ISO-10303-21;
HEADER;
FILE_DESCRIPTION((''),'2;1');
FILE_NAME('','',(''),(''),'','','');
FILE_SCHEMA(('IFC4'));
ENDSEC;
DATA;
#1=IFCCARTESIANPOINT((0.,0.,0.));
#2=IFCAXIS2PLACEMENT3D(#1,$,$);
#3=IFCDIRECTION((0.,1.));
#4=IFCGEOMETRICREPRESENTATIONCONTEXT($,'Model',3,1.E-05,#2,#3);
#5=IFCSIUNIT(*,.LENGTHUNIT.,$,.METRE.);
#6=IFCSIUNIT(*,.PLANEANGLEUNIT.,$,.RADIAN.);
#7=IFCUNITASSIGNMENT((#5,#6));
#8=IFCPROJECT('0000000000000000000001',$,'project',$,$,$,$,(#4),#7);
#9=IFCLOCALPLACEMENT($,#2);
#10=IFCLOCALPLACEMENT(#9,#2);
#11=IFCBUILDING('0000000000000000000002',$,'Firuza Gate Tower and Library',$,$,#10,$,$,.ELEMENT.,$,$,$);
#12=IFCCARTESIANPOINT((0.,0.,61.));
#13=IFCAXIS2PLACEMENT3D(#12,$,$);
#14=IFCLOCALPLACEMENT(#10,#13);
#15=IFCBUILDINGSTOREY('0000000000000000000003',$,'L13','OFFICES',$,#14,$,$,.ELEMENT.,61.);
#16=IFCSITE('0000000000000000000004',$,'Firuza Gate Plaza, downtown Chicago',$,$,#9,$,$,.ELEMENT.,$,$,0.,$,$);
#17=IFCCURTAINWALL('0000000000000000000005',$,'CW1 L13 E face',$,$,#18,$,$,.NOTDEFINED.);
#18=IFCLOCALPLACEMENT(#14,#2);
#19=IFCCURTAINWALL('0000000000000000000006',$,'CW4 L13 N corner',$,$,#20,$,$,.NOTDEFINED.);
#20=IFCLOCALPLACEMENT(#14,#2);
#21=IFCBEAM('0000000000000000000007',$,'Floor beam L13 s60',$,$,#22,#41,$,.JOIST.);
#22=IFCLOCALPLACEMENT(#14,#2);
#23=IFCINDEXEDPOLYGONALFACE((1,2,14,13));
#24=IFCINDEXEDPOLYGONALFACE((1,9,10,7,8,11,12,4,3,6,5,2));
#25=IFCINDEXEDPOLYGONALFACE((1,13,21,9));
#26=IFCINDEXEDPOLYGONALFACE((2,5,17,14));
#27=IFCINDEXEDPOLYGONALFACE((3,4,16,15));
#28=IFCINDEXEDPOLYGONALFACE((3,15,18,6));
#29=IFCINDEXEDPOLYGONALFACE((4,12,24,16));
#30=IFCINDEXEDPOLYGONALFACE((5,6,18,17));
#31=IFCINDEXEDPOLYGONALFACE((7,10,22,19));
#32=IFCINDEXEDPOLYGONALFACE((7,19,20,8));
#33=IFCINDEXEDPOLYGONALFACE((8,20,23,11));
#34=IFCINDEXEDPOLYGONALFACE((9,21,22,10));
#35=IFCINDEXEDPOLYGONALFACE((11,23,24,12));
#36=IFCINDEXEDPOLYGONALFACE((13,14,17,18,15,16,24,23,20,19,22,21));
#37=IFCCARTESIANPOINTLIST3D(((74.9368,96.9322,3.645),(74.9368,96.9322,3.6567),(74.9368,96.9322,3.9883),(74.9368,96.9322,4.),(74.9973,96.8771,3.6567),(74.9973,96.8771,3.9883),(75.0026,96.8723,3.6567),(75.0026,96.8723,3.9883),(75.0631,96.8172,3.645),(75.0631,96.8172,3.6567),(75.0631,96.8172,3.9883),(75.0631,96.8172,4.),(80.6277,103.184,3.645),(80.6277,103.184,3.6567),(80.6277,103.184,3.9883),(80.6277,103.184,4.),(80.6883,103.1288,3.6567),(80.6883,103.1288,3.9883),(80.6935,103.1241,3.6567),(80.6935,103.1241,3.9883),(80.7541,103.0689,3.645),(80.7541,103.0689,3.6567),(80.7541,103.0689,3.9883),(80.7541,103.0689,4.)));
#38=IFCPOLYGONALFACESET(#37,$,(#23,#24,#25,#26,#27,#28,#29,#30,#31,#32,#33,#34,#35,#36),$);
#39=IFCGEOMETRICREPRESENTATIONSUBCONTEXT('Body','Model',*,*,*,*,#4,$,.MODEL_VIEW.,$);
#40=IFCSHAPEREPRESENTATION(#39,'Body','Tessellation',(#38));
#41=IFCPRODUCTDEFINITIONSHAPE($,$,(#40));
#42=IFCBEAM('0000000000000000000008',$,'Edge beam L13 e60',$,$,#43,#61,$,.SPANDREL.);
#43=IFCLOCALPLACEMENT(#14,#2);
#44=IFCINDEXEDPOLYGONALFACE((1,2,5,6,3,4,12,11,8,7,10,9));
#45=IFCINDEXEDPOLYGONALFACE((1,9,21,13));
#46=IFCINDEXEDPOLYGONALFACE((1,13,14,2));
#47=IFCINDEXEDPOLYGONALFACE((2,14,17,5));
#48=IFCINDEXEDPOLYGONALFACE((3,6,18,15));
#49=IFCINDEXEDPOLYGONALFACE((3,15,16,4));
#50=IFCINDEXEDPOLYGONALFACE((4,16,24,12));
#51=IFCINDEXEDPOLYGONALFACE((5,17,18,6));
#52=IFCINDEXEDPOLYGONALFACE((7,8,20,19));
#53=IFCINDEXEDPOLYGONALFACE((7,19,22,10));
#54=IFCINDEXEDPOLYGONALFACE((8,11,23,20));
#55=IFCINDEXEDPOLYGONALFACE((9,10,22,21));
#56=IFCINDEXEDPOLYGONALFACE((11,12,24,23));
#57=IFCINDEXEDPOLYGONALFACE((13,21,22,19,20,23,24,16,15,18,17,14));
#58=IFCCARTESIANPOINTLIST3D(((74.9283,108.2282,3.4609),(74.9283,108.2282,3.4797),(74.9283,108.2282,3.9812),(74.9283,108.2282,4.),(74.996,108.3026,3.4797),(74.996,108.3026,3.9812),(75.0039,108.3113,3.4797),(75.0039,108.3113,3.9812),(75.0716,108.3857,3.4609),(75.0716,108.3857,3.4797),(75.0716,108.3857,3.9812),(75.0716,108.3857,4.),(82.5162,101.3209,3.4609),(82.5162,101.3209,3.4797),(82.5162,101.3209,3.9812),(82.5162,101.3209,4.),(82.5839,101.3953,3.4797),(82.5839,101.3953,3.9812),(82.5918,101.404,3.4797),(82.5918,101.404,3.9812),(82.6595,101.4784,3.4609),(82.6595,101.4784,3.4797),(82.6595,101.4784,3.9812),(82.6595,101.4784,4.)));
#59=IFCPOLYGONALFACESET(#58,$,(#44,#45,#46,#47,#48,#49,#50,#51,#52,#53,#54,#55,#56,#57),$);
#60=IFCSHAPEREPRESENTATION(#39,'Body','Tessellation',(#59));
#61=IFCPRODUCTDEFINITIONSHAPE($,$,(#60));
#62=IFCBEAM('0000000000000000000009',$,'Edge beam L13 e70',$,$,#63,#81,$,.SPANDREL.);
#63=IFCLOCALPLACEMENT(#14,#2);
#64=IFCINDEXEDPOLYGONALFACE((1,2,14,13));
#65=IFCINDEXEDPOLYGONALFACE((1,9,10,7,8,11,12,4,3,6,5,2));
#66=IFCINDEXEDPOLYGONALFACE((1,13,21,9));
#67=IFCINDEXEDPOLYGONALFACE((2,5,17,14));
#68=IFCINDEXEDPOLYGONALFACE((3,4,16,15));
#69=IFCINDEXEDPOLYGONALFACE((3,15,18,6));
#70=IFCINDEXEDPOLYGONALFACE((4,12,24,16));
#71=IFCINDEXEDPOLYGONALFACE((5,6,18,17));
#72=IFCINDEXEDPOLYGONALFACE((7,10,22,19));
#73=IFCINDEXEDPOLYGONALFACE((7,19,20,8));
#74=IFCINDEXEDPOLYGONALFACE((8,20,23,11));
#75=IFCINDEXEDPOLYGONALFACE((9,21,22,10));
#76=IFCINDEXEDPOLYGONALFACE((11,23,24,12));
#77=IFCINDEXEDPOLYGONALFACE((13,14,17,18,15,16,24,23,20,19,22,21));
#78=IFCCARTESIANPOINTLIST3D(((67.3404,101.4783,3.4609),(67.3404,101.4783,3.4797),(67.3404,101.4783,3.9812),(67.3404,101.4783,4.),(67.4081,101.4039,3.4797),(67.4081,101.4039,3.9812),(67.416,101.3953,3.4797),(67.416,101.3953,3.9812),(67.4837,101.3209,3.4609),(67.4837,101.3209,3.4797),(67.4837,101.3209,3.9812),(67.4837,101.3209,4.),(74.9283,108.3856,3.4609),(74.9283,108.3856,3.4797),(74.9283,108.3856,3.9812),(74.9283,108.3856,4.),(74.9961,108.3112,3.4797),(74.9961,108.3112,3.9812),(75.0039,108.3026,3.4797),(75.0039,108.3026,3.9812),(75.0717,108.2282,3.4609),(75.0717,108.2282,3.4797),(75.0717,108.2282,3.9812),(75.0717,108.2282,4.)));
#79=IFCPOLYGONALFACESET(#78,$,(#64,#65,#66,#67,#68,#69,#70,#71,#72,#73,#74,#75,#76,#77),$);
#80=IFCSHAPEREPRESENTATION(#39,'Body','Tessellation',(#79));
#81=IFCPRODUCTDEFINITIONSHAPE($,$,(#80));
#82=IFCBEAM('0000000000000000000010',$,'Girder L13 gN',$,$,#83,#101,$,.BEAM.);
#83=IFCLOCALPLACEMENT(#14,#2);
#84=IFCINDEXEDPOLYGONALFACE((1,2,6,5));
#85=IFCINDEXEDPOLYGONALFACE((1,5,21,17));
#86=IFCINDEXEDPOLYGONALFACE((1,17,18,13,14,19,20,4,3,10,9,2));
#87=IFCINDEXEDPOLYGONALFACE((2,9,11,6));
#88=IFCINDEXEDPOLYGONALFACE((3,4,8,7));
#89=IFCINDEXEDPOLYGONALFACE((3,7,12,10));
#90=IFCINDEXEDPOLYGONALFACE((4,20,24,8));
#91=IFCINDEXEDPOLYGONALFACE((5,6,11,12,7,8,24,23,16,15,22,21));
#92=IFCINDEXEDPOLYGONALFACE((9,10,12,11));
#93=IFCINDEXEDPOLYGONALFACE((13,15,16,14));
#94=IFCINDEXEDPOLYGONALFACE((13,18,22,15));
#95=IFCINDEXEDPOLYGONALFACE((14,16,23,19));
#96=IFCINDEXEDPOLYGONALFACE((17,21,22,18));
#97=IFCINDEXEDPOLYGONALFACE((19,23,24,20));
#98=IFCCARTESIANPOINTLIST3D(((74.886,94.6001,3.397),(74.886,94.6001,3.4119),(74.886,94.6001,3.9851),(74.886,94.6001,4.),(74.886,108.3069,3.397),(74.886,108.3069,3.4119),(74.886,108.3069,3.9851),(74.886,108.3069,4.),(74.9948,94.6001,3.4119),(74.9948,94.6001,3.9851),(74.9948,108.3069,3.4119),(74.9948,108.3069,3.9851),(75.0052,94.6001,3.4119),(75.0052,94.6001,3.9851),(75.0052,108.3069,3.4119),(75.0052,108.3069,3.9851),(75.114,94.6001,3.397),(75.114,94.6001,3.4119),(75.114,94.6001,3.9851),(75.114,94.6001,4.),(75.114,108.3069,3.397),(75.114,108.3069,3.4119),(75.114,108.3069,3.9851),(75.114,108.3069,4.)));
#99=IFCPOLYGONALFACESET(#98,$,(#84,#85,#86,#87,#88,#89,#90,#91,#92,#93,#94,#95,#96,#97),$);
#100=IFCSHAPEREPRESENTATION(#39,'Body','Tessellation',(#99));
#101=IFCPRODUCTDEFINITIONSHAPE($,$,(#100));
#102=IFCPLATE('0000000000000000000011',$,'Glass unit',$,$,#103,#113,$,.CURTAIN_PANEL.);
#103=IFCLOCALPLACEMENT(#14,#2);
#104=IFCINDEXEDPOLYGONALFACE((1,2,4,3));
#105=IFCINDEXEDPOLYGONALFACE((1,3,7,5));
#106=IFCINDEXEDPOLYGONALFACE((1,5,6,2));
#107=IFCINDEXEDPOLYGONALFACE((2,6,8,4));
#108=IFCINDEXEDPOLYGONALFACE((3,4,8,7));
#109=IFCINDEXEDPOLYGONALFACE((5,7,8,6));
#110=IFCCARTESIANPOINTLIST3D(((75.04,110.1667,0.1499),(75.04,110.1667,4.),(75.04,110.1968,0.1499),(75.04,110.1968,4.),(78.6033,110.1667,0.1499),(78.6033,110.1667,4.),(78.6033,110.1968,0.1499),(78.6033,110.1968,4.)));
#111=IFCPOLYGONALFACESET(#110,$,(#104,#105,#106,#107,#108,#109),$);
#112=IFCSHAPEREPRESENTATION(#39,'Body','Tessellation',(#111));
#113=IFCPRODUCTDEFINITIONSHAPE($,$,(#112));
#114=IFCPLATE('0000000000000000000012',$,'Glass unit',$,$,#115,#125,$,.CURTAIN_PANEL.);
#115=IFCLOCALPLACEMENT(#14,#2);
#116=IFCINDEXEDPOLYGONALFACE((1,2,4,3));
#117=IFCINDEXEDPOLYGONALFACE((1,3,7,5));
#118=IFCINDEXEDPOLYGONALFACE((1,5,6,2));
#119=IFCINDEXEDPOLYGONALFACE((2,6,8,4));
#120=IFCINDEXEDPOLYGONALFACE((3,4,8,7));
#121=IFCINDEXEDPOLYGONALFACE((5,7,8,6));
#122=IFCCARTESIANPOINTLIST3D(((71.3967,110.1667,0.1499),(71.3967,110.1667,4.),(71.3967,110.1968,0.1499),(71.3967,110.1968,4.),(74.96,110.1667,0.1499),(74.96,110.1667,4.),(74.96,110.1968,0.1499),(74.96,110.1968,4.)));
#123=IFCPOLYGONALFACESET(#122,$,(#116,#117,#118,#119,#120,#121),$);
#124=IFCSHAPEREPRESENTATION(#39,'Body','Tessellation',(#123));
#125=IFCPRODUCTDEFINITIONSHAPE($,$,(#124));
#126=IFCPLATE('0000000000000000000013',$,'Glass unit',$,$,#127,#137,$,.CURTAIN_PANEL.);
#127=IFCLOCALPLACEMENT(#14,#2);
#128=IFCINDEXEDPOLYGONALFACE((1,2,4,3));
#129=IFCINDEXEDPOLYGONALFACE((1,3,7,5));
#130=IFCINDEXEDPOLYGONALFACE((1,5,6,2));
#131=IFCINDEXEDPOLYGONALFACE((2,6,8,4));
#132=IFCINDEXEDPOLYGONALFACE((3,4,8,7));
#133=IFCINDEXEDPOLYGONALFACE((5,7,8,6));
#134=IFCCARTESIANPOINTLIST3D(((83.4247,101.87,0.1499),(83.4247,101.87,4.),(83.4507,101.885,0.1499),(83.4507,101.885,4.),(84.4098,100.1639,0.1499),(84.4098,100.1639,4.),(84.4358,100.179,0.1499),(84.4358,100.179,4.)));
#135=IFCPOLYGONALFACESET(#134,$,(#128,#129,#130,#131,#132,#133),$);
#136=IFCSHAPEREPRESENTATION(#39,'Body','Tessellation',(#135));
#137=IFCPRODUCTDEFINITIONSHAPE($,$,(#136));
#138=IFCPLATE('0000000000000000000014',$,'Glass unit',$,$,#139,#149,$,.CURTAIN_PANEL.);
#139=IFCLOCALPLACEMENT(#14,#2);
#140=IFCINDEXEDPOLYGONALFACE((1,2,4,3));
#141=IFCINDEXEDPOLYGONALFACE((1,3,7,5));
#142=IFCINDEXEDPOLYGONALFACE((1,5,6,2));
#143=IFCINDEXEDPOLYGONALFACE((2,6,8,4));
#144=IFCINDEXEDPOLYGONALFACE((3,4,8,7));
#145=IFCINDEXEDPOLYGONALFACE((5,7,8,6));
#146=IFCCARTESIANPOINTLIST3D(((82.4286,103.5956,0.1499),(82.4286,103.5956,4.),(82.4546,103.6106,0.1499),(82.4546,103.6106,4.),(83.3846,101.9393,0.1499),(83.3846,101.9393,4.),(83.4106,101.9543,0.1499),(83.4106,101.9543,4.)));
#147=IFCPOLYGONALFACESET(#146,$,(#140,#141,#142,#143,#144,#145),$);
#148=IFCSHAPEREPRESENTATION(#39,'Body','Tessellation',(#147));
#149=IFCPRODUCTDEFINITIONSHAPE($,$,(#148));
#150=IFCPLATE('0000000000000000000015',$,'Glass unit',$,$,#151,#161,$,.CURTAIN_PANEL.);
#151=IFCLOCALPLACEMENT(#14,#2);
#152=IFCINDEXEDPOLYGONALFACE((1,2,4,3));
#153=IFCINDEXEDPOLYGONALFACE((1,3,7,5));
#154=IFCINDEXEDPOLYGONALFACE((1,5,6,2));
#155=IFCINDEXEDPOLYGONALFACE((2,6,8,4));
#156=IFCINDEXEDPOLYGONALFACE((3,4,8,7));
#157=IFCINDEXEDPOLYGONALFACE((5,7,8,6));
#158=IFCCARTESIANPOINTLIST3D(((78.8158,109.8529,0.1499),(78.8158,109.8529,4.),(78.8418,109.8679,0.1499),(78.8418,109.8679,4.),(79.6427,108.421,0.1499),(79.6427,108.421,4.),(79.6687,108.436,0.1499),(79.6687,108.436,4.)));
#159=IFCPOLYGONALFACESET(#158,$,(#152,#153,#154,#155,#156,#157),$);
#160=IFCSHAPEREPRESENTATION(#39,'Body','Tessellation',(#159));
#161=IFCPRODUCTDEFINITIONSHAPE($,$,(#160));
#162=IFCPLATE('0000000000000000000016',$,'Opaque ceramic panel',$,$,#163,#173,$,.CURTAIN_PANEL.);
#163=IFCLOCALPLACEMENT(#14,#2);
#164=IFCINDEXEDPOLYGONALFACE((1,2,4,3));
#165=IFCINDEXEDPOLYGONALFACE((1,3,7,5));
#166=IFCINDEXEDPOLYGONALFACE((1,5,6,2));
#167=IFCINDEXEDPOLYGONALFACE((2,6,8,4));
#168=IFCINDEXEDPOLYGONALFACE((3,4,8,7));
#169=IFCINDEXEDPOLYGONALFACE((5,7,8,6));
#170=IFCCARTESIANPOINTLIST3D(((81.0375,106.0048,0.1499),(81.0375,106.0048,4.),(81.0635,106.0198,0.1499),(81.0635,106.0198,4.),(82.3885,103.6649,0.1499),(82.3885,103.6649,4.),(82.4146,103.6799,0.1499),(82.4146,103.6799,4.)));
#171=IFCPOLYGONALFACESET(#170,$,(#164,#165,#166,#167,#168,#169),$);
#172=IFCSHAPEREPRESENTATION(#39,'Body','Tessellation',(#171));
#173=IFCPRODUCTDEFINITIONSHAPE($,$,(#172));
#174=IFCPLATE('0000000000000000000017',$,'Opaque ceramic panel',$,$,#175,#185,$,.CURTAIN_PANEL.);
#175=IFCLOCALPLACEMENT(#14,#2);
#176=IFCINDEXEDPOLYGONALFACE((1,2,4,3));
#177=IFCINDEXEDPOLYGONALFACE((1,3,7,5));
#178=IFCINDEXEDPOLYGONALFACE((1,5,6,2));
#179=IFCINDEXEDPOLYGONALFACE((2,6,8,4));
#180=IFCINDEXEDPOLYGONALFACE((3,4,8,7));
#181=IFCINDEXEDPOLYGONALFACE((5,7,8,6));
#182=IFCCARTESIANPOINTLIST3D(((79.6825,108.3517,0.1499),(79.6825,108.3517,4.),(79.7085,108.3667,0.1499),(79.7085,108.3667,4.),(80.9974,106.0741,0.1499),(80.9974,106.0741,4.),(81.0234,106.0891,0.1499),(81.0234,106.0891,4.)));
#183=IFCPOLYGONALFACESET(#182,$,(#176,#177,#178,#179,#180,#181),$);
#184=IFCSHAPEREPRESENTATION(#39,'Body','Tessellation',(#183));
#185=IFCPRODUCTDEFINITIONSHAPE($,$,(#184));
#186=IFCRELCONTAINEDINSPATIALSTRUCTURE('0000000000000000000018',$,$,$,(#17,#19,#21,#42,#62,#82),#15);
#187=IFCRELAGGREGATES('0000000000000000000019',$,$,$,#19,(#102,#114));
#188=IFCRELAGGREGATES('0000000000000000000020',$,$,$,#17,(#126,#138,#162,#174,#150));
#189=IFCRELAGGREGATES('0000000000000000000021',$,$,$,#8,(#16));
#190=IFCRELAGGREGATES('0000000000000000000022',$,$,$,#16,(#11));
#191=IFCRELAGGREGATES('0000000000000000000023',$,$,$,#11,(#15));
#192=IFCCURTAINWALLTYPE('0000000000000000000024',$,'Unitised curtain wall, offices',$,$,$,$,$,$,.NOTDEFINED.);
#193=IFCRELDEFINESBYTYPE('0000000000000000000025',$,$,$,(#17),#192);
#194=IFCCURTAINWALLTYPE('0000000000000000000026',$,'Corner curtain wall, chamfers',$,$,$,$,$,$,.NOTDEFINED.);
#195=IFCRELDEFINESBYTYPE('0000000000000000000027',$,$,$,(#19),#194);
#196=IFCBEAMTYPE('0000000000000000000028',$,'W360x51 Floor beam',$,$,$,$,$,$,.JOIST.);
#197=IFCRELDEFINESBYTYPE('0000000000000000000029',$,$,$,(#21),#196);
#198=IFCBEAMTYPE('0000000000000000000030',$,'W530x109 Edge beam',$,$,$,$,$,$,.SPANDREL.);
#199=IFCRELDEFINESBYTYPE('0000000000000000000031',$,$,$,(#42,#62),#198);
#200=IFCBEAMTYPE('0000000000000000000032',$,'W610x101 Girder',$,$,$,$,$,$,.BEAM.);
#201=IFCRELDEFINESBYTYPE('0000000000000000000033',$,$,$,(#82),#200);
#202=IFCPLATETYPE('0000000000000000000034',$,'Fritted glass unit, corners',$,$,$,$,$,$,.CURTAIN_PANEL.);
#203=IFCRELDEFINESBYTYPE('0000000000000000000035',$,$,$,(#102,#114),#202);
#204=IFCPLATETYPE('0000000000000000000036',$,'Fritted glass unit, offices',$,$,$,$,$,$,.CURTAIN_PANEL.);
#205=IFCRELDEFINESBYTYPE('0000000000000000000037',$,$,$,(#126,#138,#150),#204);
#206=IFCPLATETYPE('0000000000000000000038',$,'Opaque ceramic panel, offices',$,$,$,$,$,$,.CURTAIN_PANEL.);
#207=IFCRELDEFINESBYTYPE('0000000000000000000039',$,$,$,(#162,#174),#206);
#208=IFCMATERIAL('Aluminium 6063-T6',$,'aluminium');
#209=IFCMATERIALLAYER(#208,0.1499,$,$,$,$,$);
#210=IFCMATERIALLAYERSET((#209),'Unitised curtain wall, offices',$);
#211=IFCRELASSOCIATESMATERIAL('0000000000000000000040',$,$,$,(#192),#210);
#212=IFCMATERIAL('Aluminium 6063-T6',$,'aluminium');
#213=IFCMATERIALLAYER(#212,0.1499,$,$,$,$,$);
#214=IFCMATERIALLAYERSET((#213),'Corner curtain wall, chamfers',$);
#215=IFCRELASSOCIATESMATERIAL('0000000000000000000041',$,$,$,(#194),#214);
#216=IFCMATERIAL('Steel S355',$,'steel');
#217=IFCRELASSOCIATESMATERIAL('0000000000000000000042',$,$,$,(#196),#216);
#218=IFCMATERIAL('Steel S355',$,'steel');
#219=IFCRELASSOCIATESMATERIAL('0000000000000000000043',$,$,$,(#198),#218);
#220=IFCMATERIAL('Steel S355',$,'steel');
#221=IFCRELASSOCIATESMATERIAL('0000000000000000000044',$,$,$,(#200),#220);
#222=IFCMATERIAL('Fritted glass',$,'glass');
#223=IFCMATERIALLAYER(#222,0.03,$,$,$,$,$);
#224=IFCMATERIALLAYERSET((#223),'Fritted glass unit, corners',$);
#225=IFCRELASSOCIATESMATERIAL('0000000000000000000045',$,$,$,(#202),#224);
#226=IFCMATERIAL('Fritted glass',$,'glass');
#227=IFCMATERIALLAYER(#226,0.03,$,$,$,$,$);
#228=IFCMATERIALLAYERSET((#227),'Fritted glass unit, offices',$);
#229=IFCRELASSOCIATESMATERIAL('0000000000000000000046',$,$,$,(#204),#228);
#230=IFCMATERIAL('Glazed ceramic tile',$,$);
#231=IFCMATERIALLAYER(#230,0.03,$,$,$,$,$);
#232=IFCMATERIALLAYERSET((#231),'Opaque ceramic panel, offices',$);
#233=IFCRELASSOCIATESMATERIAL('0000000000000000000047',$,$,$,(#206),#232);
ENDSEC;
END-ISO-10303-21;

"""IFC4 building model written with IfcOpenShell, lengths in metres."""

from ifc_helpers import new_model, si_unit, direction, frame, origin, origin_2d, place, context, subcontext, project, spatial, polyline, i_section, outline, extrude, material, layer, layer_set, material_profile, profile_set, type_object, element, aggregate, save


model = new_model("IFC4")

# Units and contexts
model_context = context("Model", 3, precision=1e-05, world=origin(), true_north=direction((0.0, 1.0)))
body_context = subcontext(model_context, "Body", "Model", "MODEL_VIEW")
ifc_project = project(units=[si_unit("LENGTHUNIT", "METRE"), si_unit("PLANEANGLEUNIT", "RADIAN")], contexts=[model_context])

# Site, building, storey
site_placement = place(None, origin())
site = spatial("IfcSite", under=ifc_project, at=site_placement, Name="Firuza Gate Plaza, downtown Chicago", CompositionType="ELEMENT", RefElevation=0.0)
building_placement = place(site_placement, origin())
building = spatial("IfcBuilding", under=site, at=building_placement, Name="Firuza Gate Tower and Library", CompositionType="ELEMENT")
storey_placement = place(building_placement, frame((0.0, 0.0, 61.0)))
storey = spatial("IfcBuildingStorey", under=building, at=storey_placement, Name="L13", Description="OFFICES", CompositionType="ELEMENT", Elevation=61.0)

# Curtain walls
ifc_material_1 = material(Name="Aluminium 6063-T6", Category="aluminium")
ifc_layer_1 = layer(ifc_material_1, 0.1499)
ifc_layer_set_1 = layer_set([ifc_layer_1], Name="Unitised curtain wall, offices")
curtain_wall_type_1 = type_object("IfcCurtainWallType", Name="Unitised curtain wall, offices", PredefinedType="NOTDEFINED", material=ifc_layer_set_1)
placement = place(storey_placement, origin())
curtain_wall_1 = element("IfcCurtainWall", 1, at=placement, inside=storey, type_object=curtain_wall_type_1, Name="CW1 L13 E face", PredefinedType="NOTDEFINED")
ifc_material_2 = material(Name="Aluminium 6063-T6", Category="aluminium")
ifc_layer_2 = layer(ifc_material_2, 0.1499)
ifc_layer_set_2 = layer_set([ifc_layer_2], Name="Corner curtain wall, chamfers")
curtain_wall_type_2 = type_object("IfcCurtainWallType", Name="Corner curtain wall, chamfers", PredefinedType="NOTDEFINED", material=ifc_layer_set_2)
curtain_wall_2 = element("IfcCurtainWall", 2, at=placement, inside=storey, type_object=curtain_wall_type_2, Name="CW4 L13 N corner", PredefinedType="NOTDEFINED")

# Beams
ifc_material_3 = material(Name="Steel S355", Category="steel")
ifc_material_profile_1 = material_profile(ifc_material_3, i_section(OverallWidth=0.1709, OverallDepth=0.355, WebThickness=0.0071, FlangeThickness=0.0117, at=origin_2d()))
ifc_profile_set_1 = profile_set([ifc_material_profile_1], Name="Steel S355")
beam_type_1 = type_object("IfcBeamType", Name="W360x51 Floor beam", PredefinedType="JOIST", material=ifc_profile_set_1)
beam_1_placement = place(storey_placement, frame((80.6909, 103.1265, 3.8225), z_axis=(-0.673161, -0.739496, 0.0), x_axis=(0.739496, -0.673161, 0.0)))
element("IfcBeam", 3, at=beam_1_placement, inside=storey, type_object=beam_type_1, Name="Floor beam L13 s60", PredefinedType="JOIST", context=body_context, shape_type="SweptSolid", body=[
    extrude(i_section(OverallWidth=0.1709, OverallDepth=0.355, WebThickness=0.0071, FlangeThickness=0.0117, at=origin_2d()), origin(), (0.0, 0.0, 1.0), 8.4541),
])
ifc_material_4 = material(Name="Steel S355", Category="steel")
ifc_material_profile_2 = material_profile(ifc_material_4, i_section(OverallWidth=0.2129, OverallDepth=0.5391, WebThickness=0.0117, FlangeThickness=0.0188, at=origin_2d()))
ifc_profile_set_2 = profile_set([ifc_material_profile_2], Name="Steel S355")
beam_type_2 = type_object("IfcBeamType", Name="W530x109 Edge beam", PredefinedType="SPANDREL", material=ifc_profile_set_2)
for number, where, z_axis, x_axis, name in (
    (4, (82.5879, 101.3997, 3.7305), (-0.739496, 0.673161, 0.0), (-0.673161, -0.739496, 0.0), "Edge beam L13 e60"),
    (5, (75.0, 108.3069, 3.7305), (-0.739496, -0.673161, 0.0), (0.673161, -0.739496, 0.0), "Edge beam L13 e70"),
):
    element("IfcBeam", number, at=place(storey_placement, frame(where, z_axis=z_axis, x_axis=x_axis)), inside=storey, type_object=beam_type_2, Name=name, PredefinedType="SPANDREL", context=body_context, shape_type="SweptSolid", body=[
        extrude(i_section(OverallWidth=0.2129, OverallDepth=0.5391, WebThickness=0.0117, FlangeThickness=0.0188, at=origin_2d()), origin(), (0.0, 0.0, 1.0), 10.261),
    ])
ifc_material_5 = material(Name="Steel S355", Category="steel")
ifc_material_profile_3 = material_profile(ifc_material_5, i_section(OverallWidth=0.228, OverallDepth=0.603, WebThickness=0.0105, FlangeThickness=0.0149, at=origin_2d()))
ifc_profile_set_3 = profile_set([ifc_material_profile_3], Name="Steel S355")
beam_type_3 = type_object("IfcBeamType", Name="W610x101 Girder", PredefinedType="BEAM", material=ifc_profile_set_3)
beam_2_placement = place(storey_placement, frame((75.0, 108.3069, 3.6985), z_axis=(0.0, -1.0, 0.0), x_axis=(1.0, 0.0, 0.0)))
element("IfcBeam", 6, at=beam_2_placement, inside=storey, type_object=beam_type_3, Name="Girder L13 gN", PredefinedType="BEAM", context=body_context, shape_type="SweptSolid", body=[
    extrude(i_section(OverallWidth=0.228, OverallDepth=0.603, WebThickness=0.0105, FlangeThickness=0.0149, at=origin_2d()), origin(), (0.0, 0.0, 1.0), 13.7068),
])

# Plates
ifc_material_6 = material(Name="Fritted glass", Category="glass")
ifc_layer_3 = layer(ifc_material_6, 0.03)
ifc_layer_set_3 = layer_set([ifc_layer_3], Name="Fritted glass unit, corners")
plate_type_1 = type_object("IfcPlateType", Name="Fritted glass unit, corners", PredefinedType="CURTAIN_PANEL", material=ifc_layer_set_3)
plate_1_placement = place(storey_placement, frame((78.6033, 110.1968, 0.1499), z_axis=(0.0, 1.0, 0.0), x_axis=(-1.0, 0.0, 0.0)))
plate_1 = element("IfcPlate", 7, at=plate_1_placement, type_object=plate_type_1, Name="Glass unit", PredefinedType="CURTAIN_PANEL", context=body_context, shape_type="SweptSolid", body=[
    extrude(outline(polyline([(0.0, 0.0), (3.5632, 0.0), (3.5632, 3.8501), (0.0, 3.8501), (0.0, 0.0)])), origin(), (0.0, 0.0, -1.0), 0.03),
])
plate_2_placement = place(storey_placement, frame((74.96, 110.1968, 0.1499), z_axis=(0.0, 1.0, 0.0), x_axis=(-1.0, 0.0, 0.0)))
plate_2 = element("IfcPlate", 8, at=plate_2_placement, type_object=plate_type_1, Name="Glass unit", PredefinedType="CURTAIN_PANEL", context=body_context, shape_type="SweptSolid", body=[
    extrude(outline(polyline([(0.0, 0.0), (3.5632, 0.0), (3.5632, 3.8501), (0.0, 3.8501), (0.0, 0.0)])), origin(), (0.0, 0.0, -1.0), 0.03),
])
aggregate(curtain_wall_2, [plate_1, plate_2])
ifc_material_7 = material(Name="Fritted glass", Category="glass")
ifc_layer_4 = layer(ifc_material_7, 0.03)
ifc_layer_set_4 = layer_set([ifc_layer_4], Name="Fritted glass unit, offices")
plate_type_2 = type_object("IfcPlateType", Name="Fritted glass unit, offices", PredefinedType="CURTAIN_PANEL", material=ifc_layer_set_4)
plate_3_placement = place(storey_placement, frame((84.4358, 100.179, 0.1499), z_axis=(0.866, 0.500044, 0.0), x_axis=(-0.500044, 0.866, 0.0)))
plate_3 = element("IfcPlate", 9, at=plate_3_placement, type_object=plate_type_2, Name="Glass unit", PredefinedType="CURTAIN_PANEL", context=body_context, shape_type="SweptSolid", body=[
    extrude(outline(polyline([(0.0, 0.0), (1.97, 0.0), (1.97, 3.8501), (0.0, 3.8501), (0.0, 0.0)])), origin(), (0.0, 0.0, -1.0), 0.03),
])
plate_4_placement = place(storey_placement, frame((83.4106, 101.9543, 0.1499), z_axis=(0.866067, 0.499929, 0.0), x_axis=(-0.499929, 0.866067, 0.0)))
plate_4 = element("IfcPlate", 10, at=plate_4_placement, type_object=plate_type_2, Name="Glass unit", PredefinedType="CURTAIN_PANEL", context=body_context, shape_type="SweptSolid", body=[
    extrude(outline(polyline([(0.0, 0.0), (1.9124, 0.0), (1.9124, 3.8501), (0.0, 3.8501), (0.0, 0.0)])), origin(), (0.0, 0.0, -1.0), 0.03),
])
plate_5_placement = place(storey_placement, frame((79.6687, 108.436, 0.1499), z_axis=(0.865972, 0.500093, 0.0), x_axis=(-0.500093, 0.865972, 0.0)))
plate_5 = element("IfcPlate", 11, at=plate_5_placement, type_object=plate_type_2, Name="Glass unit", PredefinedType="CURTAIN_PANEL", context=body_context, shape_type="SweptSolid", body=[
    extrude(outline(polyline([(0.0, 0.0), (1.6535, 0.0), (1.6535, 3.8501), (0.0, 3.8501), (0.0, 0.0)])), origin(), (0.0, 0.0, -1.0), 0.03),
])
ifc_material_8 = material(Name="Glazed ceramic tile")
ifc_layer_5 = layer(ifc_material_8, 0.03)
ifc_layer_set_5 = layer_set([ifc_layer_5], Name="Opaque ceramic panel, offices")
plate_type_3 = type_object("IfcPlateType", Name="Opaque ceramic panel, offices", PredefinedType="CURTAIN_PANEL", material=ifc_layer_set_5)
plate_6_placement = place(storey_placement, frame((82.4146, 103.6799, 0.1499), z_axis=(0.865999, 0.500046, 0.0), x_axis=(-0.500046, 0.865999, 0.0)))
plate_6 = element("IfcPlate", 12, at=plate_6_placement, type_object=plate_type_3, Name="Opaque ceramic panel", PredefinedType="CURTAIN_PANEL", context=body_context, shape_type="SweptSolid", body=[
    extrude(outline(polyline([(0.0, 0.0), (2.7019, 0.0), (2.7019, 3.8501), (0.0, 3.8501), (0.0, 0.0)])), origin(), (0.0, 0.0, -1.0), 0.03),
])
plate_7_placement = place(storey_placement, frame((81.0234, 106.0891, 0.1499), z_axis=(0.866029, 0.499993, 0.0), x_axis=(-0.499993, 0.866029, 0.0)))
plate_7 = element("IfcPlate", 13, at=plate_7_placement, type_object=plate_type_3, Name="Opaque ceramic panel", PredefinedType="CURTAIN_PANEL", context=body_context, shape_type="SweptSolid", body=[
    extrude(outline(polyline([(0.0, 0.0), (2.6299, 0.0), (2.6299, 3.8501), (0.0, 3.8501), (0.0, 0.0)])), origin(), (0.0, 0.0, -1.0), 0.03),
])
aggregate(curtain_wall_1, [plate_3, plate_4, plate_6, plate_7, plate_5])

save(model, "model.ifc")
